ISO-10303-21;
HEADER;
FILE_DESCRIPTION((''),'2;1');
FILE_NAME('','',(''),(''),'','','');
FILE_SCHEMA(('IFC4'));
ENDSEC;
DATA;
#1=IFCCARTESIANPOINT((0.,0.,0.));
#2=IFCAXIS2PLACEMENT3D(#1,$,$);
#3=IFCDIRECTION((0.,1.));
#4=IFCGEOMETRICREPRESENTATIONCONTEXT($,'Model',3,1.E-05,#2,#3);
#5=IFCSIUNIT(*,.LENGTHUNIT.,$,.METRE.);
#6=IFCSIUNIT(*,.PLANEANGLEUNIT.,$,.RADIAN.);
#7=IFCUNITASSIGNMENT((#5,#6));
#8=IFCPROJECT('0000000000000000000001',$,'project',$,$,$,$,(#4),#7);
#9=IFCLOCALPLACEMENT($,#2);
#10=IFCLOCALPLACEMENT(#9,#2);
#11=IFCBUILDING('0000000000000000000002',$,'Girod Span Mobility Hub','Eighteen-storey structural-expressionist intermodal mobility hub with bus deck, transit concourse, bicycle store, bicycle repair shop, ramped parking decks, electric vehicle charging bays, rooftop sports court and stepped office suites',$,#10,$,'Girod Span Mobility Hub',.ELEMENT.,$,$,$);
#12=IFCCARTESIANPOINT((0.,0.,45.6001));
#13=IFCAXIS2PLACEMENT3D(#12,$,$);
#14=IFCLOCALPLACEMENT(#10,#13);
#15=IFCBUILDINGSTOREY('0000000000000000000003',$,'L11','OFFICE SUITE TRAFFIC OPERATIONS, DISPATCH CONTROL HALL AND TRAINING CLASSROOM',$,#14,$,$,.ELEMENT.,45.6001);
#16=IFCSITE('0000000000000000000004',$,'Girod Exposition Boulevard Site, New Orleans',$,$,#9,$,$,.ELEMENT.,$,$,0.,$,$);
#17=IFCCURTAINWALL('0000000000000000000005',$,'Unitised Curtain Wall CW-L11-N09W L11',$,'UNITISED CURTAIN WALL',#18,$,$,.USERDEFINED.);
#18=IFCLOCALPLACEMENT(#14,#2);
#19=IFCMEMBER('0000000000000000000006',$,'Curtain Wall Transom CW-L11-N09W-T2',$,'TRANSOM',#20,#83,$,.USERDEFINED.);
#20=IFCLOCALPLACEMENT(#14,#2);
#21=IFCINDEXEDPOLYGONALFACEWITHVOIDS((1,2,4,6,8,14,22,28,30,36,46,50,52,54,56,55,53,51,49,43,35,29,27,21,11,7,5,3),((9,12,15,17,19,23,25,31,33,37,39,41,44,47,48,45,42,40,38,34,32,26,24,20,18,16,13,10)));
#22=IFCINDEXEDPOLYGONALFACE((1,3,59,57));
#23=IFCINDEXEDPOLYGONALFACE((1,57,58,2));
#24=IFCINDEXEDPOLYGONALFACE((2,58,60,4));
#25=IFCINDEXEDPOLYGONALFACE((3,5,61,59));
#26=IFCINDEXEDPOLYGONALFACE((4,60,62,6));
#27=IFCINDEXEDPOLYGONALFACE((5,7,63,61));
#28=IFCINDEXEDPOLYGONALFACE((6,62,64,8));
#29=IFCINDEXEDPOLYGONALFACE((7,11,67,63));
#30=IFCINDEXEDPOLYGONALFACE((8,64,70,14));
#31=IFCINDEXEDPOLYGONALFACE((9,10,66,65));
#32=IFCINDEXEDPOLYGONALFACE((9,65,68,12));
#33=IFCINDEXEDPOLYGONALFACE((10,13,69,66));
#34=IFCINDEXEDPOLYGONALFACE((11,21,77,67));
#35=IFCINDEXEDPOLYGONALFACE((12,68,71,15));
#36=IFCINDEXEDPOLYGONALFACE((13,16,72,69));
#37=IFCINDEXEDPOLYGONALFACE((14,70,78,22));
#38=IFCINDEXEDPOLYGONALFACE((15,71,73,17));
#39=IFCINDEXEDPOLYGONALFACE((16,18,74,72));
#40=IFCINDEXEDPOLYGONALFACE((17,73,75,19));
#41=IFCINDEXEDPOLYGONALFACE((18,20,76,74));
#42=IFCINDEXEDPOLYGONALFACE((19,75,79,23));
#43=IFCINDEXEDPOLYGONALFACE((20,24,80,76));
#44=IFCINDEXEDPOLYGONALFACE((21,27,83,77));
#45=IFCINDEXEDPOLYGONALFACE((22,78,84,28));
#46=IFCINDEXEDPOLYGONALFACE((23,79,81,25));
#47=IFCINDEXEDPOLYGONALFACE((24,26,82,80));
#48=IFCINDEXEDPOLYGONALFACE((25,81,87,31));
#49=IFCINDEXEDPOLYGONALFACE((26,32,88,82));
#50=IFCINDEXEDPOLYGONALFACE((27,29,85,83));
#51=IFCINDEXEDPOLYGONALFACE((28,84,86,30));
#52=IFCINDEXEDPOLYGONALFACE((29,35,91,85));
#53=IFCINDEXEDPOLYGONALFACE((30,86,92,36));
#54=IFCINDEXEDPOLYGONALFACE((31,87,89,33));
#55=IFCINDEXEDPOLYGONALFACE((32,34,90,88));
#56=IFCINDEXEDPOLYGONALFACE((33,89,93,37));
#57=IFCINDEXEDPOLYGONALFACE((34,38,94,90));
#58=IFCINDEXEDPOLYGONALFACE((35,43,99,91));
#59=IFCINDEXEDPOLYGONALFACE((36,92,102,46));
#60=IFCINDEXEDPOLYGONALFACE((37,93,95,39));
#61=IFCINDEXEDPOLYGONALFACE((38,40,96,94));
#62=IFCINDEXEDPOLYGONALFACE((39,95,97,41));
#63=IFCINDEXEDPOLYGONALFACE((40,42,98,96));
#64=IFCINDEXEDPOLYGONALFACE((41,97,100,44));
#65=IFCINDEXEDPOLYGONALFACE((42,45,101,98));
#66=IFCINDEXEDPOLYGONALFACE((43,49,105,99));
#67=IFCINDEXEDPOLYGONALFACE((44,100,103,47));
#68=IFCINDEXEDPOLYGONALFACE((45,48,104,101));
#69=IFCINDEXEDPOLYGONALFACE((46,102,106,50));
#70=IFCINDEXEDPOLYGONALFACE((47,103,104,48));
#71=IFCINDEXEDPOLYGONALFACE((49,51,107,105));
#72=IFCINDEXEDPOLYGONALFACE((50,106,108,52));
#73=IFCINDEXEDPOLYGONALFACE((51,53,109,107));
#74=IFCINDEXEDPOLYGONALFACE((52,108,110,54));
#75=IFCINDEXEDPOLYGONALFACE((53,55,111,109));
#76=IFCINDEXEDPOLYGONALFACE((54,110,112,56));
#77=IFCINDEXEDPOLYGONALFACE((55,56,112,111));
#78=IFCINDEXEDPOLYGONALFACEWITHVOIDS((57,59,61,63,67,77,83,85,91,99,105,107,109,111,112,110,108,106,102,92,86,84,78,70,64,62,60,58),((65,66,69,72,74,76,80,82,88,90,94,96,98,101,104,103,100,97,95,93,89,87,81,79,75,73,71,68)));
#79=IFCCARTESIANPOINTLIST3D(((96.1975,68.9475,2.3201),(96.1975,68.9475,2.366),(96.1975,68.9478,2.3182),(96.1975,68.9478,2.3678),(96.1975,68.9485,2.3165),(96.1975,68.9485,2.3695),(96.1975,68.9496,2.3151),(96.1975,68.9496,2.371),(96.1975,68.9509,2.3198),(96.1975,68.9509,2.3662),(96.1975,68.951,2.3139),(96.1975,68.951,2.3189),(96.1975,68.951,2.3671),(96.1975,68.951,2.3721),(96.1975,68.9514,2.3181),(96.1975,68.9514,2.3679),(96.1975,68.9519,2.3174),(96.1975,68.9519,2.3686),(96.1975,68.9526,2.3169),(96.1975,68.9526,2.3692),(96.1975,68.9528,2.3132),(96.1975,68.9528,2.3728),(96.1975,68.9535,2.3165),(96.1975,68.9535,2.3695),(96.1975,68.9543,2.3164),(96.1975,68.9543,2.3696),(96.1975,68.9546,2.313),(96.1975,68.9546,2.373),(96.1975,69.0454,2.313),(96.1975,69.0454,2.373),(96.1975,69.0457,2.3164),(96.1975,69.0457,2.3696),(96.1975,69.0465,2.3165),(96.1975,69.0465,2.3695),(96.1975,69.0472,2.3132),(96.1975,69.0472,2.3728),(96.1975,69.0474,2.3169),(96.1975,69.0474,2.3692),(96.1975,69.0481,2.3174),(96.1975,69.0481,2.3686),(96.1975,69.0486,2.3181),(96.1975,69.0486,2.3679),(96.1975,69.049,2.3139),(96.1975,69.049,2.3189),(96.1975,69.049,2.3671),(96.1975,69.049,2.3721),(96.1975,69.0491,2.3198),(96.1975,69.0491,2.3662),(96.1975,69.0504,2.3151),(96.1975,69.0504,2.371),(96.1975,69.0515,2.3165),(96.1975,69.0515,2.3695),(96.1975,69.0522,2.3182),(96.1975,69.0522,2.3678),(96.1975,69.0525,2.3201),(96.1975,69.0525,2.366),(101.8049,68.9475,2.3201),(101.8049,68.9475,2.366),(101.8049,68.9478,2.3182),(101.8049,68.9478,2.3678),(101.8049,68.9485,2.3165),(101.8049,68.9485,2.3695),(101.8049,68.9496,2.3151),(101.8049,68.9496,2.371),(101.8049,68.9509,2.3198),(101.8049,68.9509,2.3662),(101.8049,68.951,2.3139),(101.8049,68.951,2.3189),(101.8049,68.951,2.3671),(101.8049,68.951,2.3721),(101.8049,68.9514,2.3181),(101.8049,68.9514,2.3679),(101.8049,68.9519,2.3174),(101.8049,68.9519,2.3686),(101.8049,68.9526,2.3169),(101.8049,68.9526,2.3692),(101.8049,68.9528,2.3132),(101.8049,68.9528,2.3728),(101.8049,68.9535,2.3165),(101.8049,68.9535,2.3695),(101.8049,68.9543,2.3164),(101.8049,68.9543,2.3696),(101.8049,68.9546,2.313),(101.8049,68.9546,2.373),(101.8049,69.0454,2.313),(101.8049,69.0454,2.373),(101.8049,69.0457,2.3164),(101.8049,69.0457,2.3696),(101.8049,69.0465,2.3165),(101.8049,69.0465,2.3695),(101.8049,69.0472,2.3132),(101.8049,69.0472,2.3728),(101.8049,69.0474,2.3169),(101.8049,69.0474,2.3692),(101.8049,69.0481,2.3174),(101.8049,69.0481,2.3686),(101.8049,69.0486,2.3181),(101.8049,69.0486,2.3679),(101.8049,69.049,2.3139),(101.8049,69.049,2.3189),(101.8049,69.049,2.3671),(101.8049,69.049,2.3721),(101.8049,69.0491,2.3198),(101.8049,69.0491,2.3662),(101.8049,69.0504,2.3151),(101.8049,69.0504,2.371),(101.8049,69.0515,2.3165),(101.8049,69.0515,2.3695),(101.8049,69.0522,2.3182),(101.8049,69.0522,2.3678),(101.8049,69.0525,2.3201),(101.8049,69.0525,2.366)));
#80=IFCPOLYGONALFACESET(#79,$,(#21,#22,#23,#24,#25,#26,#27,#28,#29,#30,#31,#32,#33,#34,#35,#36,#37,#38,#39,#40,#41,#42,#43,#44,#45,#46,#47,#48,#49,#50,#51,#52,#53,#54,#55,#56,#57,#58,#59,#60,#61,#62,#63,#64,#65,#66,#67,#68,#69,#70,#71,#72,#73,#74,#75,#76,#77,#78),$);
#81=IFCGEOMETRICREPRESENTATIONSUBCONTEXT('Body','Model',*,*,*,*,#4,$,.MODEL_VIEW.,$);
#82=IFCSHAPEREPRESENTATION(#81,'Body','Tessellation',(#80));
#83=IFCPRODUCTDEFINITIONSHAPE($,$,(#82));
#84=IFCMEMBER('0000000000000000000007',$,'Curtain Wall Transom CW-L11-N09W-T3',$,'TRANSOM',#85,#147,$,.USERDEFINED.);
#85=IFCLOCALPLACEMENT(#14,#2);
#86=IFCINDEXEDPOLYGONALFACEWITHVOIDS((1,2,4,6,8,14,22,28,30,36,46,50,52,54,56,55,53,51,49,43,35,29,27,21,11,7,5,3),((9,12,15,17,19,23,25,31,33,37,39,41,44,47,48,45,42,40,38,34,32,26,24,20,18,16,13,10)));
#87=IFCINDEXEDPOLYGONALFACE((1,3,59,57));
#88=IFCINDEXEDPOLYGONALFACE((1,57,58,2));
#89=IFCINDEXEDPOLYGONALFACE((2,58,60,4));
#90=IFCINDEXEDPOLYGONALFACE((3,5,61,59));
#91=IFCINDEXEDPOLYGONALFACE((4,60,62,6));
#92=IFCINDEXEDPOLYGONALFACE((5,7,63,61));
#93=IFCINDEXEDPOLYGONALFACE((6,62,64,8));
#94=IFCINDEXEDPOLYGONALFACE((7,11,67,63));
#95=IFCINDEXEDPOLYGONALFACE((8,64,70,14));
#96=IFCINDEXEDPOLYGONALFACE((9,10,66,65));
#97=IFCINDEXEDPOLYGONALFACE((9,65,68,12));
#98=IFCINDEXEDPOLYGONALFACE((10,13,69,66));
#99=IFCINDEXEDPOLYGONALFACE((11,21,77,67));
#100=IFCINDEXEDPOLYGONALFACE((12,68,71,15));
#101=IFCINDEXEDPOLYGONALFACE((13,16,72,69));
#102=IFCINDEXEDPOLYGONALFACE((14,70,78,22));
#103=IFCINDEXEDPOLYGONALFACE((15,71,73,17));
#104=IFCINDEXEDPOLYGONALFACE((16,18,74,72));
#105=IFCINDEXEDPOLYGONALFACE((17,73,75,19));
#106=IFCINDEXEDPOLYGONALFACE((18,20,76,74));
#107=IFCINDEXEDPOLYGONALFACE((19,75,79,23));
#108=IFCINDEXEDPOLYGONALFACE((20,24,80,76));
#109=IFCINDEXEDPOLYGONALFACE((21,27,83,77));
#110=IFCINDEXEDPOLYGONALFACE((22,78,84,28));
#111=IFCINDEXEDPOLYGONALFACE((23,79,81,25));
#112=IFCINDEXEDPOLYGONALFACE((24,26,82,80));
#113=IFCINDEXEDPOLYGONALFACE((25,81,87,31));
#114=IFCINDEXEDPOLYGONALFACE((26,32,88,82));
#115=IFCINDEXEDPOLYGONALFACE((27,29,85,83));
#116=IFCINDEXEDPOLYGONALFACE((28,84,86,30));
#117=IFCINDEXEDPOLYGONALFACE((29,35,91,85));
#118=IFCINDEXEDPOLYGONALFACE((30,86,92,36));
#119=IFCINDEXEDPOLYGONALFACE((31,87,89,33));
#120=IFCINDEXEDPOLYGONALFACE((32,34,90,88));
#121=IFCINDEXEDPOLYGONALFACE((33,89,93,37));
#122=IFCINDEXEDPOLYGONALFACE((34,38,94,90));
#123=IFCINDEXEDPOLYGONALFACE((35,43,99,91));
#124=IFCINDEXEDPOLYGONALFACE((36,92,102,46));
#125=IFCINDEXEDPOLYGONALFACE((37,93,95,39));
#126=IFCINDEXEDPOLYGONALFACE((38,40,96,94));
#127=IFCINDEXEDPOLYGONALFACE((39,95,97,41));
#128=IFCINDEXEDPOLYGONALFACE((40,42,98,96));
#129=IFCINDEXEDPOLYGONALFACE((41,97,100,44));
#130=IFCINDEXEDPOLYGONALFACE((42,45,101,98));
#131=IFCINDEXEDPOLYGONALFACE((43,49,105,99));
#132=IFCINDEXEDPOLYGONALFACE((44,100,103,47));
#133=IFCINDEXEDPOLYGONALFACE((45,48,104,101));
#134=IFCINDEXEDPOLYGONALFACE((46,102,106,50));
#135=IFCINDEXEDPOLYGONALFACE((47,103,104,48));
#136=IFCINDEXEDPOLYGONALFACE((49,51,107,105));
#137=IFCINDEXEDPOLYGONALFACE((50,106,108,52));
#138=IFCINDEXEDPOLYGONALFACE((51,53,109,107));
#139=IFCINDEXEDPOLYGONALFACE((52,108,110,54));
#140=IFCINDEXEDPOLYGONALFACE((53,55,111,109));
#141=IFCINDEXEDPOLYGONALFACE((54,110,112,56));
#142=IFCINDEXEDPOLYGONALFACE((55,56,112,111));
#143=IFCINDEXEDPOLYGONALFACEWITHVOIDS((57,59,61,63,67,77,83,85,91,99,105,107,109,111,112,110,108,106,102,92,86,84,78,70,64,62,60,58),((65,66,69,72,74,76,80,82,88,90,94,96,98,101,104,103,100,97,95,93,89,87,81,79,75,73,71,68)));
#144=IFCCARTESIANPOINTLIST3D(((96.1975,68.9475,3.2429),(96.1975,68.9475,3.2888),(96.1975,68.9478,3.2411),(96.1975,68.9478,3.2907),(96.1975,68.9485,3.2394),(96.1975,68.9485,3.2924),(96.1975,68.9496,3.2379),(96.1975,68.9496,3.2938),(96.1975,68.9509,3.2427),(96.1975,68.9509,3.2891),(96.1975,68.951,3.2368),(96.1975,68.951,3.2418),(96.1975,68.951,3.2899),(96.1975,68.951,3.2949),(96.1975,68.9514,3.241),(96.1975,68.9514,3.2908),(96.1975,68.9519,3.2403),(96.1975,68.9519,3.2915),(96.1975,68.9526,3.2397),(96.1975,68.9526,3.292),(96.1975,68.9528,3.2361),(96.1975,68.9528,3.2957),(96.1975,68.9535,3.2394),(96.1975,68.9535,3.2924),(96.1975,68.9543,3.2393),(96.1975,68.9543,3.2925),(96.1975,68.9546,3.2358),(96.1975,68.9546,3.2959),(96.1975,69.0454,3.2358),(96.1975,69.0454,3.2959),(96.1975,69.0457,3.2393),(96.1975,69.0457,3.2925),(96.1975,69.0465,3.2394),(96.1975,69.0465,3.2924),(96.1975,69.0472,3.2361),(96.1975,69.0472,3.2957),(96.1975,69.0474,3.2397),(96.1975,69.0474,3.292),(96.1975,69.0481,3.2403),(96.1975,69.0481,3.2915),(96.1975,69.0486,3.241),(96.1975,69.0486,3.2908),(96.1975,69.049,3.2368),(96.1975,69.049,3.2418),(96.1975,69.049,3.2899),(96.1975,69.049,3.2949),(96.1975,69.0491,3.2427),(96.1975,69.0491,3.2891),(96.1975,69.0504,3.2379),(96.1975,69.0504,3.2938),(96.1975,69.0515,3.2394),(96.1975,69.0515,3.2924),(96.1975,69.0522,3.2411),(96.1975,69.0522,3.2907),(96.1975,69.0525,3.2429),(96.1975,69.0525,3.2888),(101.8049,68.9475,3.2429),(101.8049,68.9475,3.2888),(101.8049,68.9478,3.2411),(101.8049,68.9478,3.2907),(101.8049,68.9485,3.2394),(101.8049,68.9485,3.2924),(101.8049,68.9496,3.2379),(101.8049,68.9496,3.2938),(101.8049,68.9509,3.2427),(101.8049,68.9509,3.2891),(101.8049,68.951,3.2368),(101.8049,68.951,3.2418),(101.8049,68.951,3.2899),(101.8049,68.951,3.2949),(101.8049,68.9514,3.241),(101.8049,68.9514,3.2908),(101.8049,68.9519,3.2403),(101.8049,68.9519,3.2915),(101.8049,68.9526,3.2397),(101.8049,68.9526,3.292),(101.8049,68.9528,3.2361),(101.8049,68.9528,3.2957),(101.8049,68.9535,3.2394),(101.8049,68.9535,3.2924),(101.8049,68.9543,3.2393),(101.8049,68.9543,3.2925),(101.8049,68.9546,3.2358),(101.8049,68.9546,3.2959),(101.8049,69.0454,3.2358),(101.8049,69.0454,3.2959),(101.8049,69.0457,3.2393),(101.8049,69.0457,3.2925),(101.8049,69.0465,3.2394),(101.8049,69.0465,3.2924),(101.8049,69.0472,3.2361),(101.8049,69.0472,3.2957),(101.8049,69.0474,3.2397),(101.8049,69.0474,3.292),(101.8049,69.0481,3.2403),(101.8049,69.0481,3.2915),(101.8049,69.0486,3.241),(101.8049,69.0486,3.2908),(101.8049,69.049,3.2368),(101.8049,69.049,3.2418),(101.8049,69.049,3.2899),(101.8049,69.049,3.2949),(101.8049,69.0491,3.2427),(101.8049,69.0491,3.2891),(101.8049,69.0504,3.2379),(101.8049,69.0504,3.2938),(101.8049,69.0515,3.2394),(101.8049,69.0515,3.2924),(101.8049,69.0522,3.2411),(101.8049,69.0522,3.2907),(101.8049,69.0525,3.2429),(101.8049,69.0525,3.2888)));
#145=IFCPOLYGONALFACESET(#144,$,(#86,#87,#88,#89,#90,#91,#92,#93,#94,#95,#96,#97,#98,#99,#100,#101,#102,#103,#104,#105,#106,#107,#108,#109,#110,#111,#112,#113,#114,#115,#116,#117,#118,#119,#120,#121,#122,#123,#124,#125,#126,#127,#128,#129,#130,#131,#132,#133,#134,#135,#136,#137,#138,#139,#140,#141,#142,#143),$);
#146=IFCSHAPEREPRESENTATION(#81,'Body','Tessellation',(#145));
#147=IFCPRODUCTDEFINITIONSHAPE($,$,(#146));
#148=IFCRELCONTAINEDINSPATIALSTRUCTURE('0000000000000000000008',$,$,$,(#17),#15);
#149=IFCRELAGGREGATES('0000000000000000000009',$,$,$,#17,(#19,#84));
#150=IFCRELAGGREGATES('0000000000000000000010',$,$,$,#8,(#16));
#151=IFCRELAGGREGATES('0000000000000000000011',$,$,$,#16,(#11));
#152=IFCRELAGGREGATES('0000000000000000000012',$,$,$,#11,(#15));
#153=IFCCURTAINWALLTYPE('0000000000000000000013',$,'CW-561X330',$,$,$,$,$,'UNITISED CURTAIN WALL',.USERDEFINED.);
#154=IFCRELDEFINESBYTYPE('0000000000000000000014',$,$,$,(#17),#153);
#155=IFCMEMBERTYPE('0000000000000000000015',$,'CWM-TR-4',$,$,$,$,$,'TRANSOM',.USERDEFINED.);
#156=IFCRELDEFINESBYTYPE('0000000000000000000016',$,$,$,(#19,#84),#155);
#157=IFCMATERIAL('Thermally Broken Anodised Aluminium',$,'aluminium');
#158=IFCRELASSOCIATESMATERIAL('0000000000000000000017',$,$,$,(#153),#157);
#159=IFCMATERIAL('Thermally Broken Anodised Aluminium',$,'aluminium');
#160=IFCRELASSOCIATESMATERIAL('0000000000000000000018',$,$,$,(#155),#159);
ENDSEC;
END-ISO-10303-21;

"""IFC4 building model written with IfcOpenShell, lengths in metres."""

from ifc_helpers import new_model, si_unit, direction, frame, origin, origin_2d, place, context, subcontext, project, spatial, hollow_rectangle, extrude, material, material_profile, profile_set, type_object, element, aggregate, save


model = new_model("IFC4")

# Units and contexts
model_context = context("Model", 3, precision=1e-05, world=origin(), true_north=direction((0.0, 1.0)))
body_context = subcontext(model_context, "Body", "Model", "MODEL_VIEW")
ifc_project = project(units=[si_unit("LENGTHUNIT", "METRE"), si_unit("PLANEANGLEUNIT", "RADIAN")], contexts=[model_context])

# Site, building, storey
site_placement = place(None, origin())
site = spatial("IfcSite", under=ifc_project, at=site_placement, Name="Girod Exposition Boulevard Site, New Orleans", CompositionType="ELEMENT", RefElevation=0.0)
building_placement = place(site_placement, origin())
building = spatial("IfcBuilding", under=site, at=building_placement, Name="Girod Span Mobility Hub", Description="Eighteen-storey structural-expressionist intermodal mobility hub with bus deck, transit concourse, bicycle store, bicycle repair shop, ramped parking decks, electric vehicle charging bays, rooftop sports court and stepped office suites", LongName="Girod Span Mobility Hub", CompositionType="ELEMENT")
storey_placement = place(building_placement, frame((0.0, 0.0, 45.6001)))
storey = spatial("IfcBuildingStorey", under=building, at=storey_placement, Name="L11", Description="OFFICE SUITE TRAFFIC OPERATIONS, DISPATCH CONTROL HALL AND TRAINING CLASSROOM", CompositionType="ELEMENT", Elevation=45.6001)

# Curtain wall
ifc_material_1 = material(Name="Thermally Broken Anodised Aluminium", Category="aluminium")
curtain_wall_type = type_object("IfcCurtainWallType", Name="CW-561X330", ElementType="UNITISED CURTAIN WALL", PredefinedType="USERDEFINED", material=ifc_material_1)
curtain_wall_1_placement = place(storey_placement, origin())
curtain_wall_1 = element("IfcCurtainWall", 1, at=curtain_wall_1_placement, inside=storey, type_object=curtain_wall_type, Name="Unitised Curtain Wall CW-L11-N09W L11", ObjectType="UNITISED CURTAIN WALL", PredefinedType="USERDEFINED")

# Members
ifc_material_2 = material(Name="Thermally Broken Anodised Aluminium", Category="aluminium")
ifc_material_profile_1 = material_profile(ifc_material_2, hollow_rectangle(XDim=0.105, YDim=0.0601, WallThickness=0.0034, InnerFilletRadius=0.0034, OuterFilletRadius=0.0071, at=origin_2d()), Name="CW-TR-60X105")
ifc_profile_set_1 = profile_set([ifc_material_profile_1], Name="Thermally Broken Anodised Aluminium")
member_type_1 = type_object("IfcMemberType", Name="CWM-TR-4", ElementType="TRANSOM", PredefinedType="USERDEFINED", material=ifc_profile_set_1)
member_1_placement = place(storey_placement, frame((96.1975, 69.0, 2.343), z_axis=(1.0, 0.0, 0.0), x_axis=(0.0, 1.0, 0.0)))
member_1 = element("IfcMember", 2, at=member_1_placement, type_object=member_type_1, Name="Curtain Wall Transom CW-L11-N09W-T2", ObjectType="TRANSOM", PredefinedType="USERDEFINED", context=body_context, shape_type="SweptSolid", body=[
    extrude(hollow_rectangle(XDim=0.105, YDim=0.0601, WallThickness=0.0034, InnerFilletRadius=0.0034, OuterFilletRadius=0.0071, at=origin_2d()), origin(), (0.0, 0.0, 1.0), 5.6074),
])
member_2_placement = place(storey_placement, frame((96.1975, 69.0, 3.2659), z_axis=(1.0, 0.0, 0.0), x_axis=(0.0, 1.0, 0.0)))
member_2 = element("IfcMember", 3, at=member_2_placement, type_object=member_type_1, Name="Curtain Wall Transom CW-L11-N09W-T3", ObjectType="TRANSOM", PredefinedType="USERDEFINED", context=body_context, shape_type="SweptSolid", body=[
    extrude(hollow_rectangle(XDim=0.105, YDim=0.0601, WallThickness=0.0034, InnerFilletRadius=0.0034, OuterFilletRadius=0.0071, at=origin_2d()), origin(), (0.0, 0.0, 1.0), 5.6074),
])

aggregate(curtain_wall_1, [member_1, member_2])

save(model, "model.ifc")
